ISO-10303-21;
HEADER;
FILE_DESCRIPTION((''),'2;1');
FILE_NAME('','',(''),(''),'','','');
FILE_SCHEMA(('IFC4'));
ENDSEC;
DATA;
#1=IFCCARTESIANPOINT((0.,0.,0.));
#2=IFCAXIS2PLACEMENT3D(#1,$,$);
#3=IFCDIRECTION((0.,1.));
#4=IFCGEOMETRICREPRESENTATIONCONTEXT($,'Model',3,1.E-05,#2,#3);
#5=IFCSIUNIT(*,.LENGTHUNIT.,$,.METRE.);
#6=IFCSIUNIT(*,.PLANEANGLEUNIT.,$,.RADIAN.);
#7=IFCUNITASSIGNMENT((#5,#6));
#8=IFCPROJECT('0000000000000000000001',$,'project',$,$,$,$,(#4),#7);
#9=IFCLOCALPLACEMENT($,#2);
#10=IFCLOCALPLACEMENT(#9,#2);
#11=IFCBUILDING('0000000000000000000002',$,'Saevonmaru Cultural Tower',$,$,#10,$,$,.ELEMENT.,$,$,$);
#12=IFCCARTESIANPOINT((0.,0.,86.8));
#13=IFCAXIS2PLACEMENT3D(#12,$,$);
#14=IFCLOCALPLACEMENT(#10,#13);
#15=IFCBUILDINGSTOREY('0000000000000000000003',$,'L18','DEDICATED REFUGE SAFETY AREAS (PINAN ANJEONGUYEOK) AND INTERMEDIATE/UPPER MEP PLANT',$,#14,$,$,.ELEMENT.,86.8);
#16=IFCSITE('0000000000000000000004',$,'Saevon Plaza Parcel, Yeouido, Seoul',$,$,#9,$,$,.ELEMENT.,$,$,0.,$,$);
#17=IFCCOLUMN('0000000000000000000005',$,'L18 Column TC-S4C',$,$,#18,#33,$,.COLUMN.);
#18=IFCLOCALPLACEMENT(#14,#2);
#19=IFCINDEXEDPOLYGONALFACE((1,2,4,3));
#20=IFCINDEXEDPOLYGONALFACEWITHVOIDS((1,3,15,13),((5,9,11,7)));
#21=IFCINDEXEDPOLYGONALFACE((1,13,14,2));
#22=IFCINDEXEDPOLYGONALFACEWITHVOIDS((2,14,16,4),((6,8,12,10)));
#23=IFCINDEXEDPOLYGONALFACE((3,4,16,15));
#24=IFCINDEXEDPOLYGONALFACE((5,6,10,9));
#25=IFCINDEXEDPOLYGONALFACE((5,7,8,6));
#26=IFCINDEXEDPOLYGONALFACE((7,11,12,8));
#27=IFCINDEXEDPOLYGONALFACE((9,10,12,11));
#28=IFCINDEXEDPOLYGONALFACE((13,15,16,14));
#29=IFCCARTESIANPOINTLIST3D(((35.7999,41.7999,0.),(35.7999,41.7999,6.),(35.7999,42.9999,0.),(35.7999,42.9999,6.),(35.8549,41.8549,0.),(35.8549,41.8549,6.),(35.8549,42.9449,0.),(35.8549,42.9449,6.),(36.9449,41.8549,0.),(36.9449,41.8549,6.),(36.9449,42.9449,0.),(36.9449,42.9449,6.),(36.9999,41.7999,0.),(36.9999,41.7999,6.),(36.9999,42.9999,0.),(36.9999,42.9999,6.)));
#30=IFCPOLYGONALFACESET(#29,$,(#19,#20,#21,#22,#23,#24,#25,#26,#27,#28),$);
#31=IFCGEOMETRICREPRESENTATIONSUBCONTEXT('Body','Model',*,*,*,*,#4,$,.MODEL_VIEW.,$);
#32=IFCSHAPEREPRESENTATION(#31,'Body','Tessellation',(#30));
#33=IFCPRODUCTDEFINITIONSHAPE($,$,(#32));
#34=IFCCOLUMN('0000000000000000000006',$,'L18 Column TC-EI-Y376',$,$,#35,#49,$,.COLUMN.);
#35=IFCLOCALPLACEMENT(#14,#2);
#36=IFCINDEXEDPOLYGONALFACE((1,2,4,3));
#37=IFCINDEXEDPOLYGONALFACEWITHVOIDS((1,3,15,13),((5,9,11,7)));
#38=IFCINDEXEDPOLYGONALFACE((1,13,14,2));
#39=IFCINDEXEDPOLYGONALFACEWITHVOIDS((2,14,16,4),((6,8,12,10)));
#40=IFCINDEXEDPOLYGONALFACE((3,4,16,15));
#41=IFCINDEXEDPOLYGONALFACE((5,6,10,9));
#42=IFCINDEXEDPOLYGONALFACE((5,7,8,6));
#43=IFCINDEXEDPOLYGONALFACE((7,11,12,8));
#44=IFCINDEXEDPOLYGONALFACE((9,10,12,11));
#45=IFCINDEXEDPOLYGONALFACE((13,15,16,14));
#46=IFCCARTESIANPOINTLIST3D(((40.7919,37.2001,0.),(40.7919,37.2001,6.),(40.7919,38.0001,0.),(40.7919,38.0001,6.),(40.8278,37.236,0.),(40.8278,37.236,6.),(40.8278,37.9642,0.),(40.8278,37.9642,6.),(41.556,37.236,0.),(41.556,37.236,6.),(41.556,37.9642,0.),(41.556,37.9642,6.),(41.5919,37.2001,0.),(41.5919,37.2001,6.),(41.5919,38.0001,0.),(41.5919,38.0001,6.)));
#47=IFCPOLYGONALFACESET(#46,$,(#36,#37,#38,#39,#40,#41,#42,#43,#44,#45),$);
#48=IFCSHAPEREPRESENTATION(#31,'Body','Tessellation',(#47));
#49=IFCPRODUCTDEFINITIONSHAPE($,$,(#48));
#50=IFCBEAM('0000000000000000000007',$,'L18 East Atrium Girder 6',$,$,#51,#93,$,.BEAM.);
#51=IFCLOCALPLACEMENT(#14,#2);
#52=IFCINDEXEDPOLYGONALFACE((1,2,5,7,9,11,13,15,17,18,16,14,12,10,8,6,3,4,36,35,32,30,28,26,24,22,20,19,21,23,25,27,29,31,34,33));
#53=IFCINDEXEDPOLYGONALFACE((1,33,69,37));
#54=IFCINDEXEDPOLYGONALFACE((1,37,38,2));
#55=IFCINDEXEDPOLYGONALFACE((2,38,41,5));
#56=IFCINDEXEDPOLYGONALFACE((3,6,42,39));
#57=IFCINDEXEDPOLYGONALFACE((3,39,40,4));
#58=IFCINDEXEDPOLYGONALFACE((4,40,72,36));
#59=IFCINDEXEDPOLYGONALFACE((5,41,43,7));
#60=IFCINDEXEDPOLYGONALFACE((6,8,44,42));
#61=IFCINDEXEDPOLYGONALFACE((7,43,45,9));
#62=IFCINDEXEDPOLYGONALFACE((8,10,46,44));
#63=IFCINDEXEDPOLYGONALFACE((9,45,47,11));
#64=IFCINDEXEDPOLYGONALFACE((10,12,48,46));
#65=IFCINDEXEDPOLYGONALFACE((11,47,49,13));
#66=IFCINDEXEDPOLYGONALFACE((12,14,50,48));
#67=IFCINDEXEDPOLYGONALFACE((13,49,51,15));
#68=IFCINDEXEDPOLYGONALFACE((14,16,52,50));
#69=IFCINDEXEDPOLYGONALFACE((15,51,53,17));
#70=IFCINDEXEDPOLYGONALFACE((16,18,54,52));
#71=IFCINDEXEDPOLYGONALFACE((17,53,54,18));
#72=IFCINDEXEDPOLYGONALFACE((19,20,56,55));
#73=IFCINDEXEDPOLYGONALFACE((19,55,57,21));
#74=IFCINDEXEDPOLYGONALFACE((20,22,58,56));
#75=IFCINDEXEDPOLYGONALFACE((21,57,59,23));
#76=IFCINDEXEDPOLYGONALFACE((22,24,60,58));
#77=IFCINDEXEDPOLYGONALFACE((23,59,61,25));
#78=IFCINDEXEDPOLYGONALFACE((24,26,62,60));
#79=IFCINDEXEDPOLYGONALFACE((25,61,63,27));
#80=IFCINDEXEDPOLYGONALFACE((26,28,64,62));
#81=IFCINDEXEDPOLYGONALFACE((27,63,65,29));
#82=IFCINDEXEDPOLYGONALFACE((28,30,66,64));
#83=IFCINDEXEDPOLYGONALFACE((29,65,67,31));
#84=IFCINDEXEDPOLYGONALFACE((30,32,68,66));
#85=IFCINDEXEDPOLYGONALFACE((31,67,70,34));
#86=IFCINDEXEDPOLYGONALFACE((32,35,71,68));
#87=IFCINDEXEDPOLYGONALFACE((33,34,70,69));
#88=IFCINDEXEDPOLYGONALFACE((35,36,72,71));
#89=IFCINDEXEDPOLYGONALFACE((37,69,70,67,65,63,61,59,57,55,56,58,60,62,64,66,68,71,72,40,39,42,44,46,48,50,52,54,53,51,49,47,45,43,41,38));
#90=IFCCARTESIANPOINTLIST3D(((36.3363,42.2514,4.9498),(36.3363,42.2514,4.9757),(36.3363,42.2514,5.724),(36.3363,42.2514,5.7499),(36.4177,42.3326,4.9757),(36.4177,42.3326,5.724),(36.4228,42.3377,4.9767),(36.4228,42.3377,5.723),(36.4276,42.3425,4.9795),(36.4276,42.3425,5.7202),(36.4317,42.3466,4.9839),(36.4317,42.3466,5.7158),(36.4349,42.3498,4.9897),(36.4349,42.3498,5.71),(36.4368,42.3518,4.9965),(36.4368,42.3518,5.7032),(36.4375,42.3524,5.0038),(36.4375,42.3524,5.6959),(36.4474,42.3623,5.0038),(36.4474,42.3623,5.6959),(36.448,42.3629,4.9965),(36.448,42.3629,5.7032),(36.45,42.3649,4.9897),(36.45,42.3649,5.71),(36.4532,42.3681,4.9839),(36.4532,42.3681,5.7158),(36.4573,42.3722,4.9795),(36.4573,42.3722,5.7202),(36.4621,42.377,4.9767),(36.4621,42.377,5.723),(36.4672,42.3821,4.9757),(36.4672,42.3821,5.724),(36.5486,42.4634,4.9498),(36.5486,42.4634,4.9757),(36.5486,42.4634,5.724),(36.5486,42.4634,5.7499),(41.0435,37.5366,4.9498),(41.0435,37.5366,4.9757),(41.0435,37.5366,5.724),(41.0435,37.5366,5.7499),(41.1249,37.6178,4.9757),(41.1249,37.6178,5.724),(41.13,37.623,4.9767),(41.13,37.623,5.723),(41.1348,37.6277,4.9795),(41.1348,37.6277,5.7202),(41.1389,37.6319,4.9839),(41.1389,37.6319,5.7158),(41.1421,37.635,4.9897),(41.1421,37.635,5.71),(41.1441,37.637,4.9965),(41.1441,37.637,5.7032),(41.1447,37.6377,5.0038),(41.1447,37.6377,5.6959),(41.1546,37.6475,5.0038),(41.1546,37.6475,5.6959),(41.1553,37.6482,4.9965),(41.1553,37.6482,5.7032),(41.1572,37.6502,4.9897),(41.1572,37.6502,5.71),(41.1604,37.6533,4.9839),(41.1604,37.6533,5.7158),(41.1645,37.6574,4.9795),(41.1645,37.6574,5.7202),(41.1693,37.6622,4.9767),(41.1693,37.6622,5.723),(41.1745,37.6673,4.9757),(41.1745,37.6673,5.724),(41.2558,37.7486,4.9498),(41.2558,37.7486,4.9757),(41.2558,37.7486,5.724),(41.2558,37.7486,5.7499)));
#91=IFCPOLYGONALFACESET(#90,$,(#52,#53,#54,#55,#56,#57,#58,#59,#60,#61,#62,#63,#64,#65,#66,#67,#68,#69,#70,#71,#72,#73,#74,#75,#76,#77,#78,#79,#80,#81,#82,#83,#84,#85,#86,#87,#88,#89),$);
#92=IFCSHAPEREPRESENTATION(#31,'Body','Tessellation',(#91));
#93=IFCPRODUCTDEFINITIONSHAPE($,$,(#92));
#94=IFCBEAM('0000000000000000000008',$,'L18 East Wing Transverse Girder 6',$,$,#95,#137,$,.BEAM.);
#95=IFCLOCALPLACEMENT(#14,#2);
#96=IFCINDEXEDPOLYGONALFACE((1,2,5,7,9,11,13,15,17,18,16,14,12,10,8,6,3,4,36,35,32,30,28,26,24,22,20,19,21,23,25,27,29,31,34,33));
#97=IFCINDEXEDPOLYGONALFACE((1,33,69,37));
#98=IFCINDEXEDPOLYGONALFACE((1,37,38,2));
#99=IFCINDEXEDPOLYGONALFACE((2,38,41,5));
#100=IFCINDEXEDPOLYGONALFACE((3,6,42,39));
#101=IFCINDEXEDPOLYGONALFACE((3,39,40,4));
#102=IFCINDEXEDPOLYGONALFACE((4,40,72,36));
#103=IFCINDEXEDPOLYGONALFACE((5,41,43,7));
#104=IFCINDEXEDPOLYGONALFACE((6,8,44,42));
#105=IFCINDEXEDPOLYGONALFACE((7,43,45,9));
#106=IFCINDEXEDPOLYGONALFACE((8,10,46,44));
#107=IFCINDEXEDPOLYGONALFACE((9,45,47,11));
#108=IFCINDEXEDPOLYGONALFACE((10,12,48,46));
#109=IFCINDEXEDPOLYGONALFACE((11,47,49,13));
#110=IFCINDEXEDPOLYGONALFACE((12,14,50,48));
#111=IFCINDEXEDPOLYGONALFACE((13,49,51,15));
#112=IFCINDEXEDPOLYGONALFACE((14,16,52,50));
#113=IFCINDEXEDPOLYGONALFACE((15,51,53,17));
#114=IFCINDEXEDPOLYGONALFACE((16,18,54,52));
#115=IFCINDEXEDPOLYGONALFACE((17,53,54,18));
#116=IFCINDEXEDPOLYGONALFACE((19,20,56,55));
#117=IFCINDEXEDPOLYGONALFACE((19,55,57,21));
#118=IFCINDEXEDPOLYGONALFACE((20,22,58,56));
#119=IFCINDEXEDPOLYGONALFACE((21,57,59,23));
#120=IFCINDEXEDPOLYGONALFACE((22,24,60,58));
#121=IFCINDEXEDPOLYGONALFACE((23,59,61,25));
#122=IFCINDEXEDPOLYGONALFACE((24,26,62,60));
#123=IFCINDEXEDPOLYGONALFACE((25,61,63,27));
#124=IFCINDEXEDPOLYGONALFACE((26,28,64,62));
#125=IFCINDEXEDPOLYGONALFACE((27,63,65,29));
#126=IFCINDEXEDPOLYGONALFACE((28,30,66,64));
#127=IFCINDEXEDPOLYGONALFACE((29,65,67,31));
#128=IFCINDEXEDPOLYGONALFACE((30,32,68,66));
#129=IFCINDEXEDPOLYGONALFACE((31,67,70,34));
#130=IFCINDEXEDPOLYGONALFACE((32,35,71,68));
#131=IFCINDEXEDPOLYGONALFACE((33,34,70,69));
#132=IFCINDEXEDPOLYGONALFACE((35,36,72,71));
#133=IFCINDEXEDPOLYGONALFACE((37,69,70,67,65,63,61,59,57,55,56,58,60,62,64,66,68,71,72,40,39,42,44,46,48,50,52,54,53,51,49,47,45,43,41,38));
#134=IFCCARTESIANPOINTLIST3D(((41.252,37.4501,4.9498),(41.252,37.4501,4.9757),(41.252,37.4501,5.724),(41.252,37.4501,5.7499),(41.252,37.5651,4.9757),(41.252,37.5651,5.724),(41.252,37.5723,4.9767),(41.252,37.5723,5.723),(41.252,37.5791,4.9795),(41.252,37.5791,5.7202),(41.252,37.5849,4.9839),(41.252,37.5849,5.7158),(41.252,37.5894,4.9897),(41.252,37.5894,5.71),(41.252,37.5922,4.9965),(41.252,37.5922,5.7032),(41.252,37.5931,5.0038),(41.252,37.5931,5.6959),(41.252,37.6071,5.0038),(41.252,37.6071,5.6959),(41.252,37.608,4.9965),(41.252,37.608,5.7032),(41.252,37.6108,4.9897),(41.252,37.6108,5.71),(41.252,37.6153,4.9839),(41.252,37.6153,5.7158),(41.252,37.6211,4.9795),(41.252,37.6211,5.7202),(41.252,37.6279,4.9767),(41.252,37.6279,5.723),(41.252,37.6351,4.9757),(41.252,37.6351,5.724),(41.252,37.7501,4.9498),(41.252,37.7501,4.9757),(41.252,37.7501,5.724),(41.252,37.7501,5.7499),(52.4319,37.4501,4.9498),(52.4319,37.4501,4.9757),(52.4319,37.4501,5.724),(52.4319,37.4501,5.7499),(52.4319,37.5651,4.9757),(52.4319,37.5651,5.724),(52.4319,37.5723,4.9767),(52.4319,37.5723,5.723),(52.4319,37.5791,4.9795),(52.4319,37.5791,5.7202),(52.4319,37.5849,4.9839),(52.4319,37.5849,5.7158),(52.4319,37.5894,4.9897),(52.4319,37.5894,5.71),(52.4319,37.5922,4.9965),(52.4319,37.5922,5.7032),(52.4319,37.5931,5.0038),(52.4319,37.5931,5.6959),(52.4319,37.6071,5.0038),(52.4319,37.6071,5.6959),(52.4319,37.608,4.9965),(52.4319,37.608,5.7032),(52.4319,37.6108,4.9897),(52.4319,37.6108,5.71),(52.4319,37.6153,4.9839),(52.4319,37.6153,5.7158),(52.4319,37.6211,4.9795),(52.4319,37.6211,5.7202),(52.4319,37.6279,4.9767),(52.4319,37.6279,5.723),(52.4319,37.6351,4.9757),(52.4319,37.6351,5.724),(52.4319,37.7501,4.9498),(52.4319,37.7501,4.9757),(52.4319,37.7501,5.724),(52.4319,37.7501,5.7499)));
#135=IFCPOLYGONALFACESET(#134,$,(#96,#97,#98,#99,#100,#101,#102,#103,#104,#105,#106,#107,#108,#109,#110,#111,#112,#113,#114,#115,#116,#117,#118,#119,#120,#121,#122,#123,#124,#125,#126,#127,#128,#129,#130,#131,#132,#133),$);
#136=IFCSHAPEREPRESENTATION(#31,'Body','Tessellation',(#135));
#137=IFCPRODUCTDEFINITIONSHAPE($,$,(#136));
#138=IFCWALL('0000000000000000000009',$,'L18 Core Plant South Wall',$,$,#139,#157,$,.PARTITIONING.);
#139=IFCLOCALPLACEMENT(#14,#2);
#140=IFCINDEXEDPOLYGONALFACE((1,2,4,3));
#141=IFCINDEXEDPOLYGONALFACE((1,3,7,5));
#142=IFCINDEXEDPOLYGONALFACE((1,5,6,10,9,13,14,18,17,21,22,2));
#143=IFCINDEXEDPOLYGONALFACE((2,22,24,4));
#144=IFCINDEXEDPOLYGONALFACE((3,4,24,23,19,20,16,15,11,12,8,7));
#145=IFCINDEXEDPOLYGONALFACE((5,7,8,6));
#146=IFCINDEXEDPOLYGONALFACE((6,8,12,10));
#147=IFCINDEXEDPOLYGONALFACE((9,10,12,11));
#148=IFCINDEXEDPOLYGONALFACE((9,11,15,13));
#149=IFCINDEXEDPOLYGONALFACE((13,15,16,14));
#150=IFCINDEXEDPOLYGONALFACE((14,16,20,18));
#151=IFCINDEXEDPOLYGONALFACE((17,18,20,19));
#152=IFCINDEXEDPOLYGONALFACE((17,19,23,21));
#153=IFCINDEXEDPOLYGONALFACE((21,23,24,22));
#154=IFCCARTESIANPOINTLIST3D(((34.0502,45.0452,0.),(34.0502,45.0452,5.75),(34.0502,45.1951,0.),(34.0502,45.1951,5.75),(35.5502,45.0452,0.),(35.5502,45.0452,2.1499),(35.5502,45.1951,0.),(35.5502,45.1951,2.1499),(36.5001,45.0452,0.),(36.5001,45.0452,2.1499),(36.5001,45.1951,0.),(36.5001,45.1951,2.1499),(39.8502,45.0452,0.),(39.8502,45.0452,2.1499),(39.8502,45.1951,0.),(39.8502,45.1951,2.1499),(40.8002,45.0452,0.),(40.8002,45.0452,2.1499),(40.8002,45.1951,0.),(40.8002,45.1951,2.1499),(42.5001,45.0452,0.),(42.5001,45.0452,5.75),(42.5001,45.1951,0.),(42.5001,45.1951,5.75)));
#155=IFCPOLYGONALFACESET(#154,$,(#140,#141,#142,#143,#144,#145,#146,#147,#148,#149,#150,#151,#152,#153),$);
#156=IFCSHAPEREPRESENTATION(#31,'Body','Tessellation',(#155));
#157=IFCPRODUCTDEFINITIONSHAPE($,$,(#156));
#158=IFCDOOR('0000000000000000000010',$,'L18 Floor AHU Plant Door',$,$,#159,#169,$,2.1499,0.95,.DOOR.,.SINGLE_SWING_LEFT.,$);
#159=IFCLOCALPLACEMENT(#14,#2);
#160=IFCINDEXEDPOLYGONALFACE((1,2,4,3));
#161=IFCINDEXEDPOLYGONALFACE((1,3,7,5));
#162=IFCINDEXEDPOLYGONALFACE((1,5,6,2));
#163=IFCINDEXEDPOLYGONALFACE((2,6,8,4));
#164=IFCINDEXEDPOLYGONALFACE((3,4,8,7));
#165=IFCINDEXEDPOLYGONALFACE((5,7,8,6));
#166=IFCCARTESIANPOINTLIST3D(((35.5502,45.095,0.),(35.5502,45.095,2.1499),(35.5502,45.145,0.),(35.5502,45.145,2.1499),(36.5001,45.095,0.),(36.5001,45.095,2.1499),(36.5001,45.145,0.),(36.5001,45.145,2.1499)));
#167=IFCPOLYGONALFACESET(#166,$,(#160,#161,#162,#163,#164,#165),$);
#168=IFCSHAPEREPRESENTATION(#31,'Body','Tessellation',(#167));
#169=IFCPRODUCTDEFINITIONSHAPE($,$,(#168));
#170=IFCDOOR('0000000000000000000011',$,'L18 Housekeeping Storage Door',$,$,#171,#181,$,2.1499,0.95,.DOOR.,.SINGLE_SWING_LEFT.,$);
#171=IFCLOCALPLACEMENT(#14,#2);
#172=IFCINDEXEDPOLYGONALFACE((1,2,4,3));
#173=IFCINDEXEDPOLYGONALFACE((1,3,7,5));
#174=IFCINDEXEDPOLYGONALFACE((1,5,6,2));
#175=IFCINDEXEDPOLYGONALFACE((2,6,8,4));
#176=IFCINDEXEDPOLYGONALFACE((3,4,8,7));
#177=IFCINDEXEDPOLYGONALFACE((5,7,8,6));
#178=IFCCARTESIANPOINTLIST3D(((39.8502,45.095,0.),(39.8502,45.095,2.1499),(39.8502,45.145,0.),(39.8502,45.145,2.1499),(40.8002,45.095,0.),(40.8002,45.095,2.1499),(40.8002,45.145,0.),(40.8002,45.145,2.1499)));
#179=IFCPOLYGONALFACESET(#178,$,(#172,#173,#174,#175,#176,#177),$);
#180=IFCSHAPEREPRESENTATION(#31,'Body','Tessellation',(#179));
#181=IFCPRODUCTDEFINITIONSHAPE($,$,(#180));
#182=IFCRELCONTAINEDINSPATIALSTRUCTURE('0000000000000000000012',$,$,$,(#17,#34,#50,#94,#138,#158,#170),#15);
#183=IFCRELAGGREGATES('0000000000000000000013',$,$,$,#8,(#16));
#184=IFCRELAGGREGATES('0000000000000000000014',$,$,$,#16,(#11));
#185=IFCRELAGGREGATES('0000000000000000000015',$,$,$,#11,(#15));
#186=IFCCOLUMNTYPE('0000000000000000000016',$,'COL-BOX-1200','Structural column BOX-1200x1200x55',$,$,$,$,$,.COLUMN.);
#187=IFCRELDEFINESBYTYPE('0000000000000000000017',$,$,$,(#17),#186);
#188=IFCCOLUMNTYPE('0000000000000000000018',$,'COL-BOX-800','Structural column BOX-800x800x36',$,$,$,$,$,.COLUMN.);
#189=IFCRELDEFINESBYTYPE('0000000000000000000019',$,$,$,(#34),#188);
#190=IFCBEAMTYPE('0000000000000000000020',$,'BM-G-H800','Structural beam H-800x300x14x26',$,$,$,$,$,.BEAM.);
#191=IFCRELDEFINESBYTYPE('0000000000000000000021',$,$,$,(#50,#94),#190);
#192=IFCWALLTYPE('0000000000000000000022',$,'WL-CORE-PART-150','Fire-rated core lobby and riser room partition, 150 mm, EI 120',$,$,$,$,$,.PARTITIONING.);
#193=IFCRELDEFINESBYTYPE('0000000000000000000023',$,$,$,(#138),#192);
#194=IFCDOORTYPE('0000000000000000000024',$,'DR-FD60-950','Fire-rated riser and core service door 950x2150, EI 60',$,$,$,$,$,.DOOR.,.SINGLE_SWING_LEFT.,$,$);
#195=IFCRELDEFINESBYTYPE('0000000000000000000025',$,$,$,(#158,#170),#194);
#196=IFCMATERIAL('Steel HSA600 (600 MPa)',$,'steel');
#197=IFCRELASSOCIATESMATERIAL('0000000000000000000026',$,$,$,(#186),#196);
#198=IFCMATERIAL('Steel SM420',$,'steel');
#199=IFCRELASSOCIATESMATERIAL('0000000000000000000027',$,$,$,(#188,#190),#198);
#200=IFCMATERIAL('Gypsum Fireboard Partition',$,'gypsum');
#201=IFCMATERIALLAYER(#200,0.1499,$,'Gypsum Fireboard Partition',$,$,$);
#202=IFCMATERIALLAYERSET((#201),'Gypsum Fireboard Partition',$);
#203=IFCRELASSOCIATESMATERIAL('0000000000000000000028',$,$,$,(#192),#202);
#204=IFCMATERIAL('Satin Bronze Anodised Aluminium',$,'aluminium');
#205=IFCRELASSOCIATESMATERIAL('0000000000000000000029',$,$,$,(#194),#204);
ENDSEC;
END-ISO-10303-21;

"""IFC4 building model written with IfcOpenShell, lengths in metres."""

from ifc_helpers import new_model, si_unit, direction, frame, frame_2d, origin, origin_2d, place, context, subcontext, project, spatial, rectangle, hollow_rectangle, i_section, extrude, material, layer, layer_set, material_profile, profile_set, type_object, element, fill, save


model = new_model("IFC4")

# Units and contexts
model_context = context("Model", 3, precision=1e-05, world=origin(), true_north=direction((0.0, 1.0)))
body_context = subcontext(model_context, "Body", "Model", "MODEL_VIEW")
ifc_project = project(units=[si_unit("LENGTHUNIT", "METRE"), si_unit("PLANEANGLEUNIT", "RADIAN")], contexts=[model_context])

# Site, building, storey
site_placement = place(None, origin())
site = spatial("IfcSite", under=ifc_project, at=site_placement, Name="Saevon Plaza Parcel, Yeouido, Seoul", CompositionType="ELEMENT", RefElevation=0.0)
building_placement = place(site_placement, origin())
building = spatial("IfcBuilding", under=site, at=building_placement, Name="Saevonmaru Cultural Tower", CompositionType="ELEMENT")
storey_placement = place(building_placement, frame((0.0, 0.0, 86.8)))
storey = spatial("IfcBuildingStorey", under=building, at=storey_placement, Name="L18", Description="DEDICATED REFUGE SAFETY AREAS (PINAN ANJEONGUYEOK) AND INTERMEDIATE/UPPER MEP PLANT", CompositionType="ELEMENT", Elevation=86.8)

# Columns
ifc_material_1 = material(Name="Steel HSA600 (600 MPa)", Category="steel")
ifc_material_profile_1 = material_profile(ifc_material_1, hollow_rectangle(XDim=1.2, YDim=1.2, WallThickness=0.0549, at=origin_2d()), Name="BOX-1200x1200x55")
ifc_profile_set_1 = profile_set([ifc_material_profile_1], Name="Steel HSA600 (600 MPa)")
column_type_1 = type_object("IfcColumnType", Name="COL-BOX-1200", Description="Structural column BOX-1200x1200x55", PredefinedType="COLUMN", material=ifc_profile_set_1)
column_1_placement = place(storey_placement, frame((36.3999, 42.3999, 0.0), z_axis=(0.0, 0.0, 1.0), x_axis=(1.0, 0.0, 0.0)))
element("IfcColumn", 1, at=column_1_placement, inside=storey, type_object=column_type_1, Name="L18 Column TC-S4C", PredefinedType="COLUMN", context=body_context, shape_type="SweptSolid", body=[
    extrude(hollow_rectangle(XDim=1.2, YDim=1.2, WallThickness=0.0549, at=origin_2d()), origin(), (0.0, 0.0, 1.0), 6.0),
])
ifc_material_2 = material(Name="Steel SM420", Category="steel")
ifc_material_profile_2 = material_profile(ifc_material_2, hollow_rectangle(XDim=0.8, YDim=0.8, WallThickness=0.0359, at=origin_2d()), Name="BOX-800x800x36")
ifc_profile_set_2 = profile_set([ifc_material_profile_2], Name="Steel SM420")
column_type_2 = type_object("IfcColumnType", Name="COL-BOX-800", Description="Structural column BOX-800x800x36", PredefinedType="COLUMN", material=ifc_profile_set_2)
column_2_placement = place(storey_placement, frame((41.1919, 37.6001, 0.0), z_axis=(0.0, 0.0, 1.0), x_axis=(1.0, 0.0, 0.0)))
element("IfcColumn", 2, at=column_2_placement, inside=storey, type_object=column_type_2, Name="L18 Column TC-EI-Y376", PredefinedType="COLUMN", context=body_context, shape_type="SweptSolid", body=[
    extrude(hollow_rectangle(XDim=0.8, YDim=0.8, WallThickness=0.0359, at=origin_2d()), origin(), (0.0, 0.0, 1.0), 6.0),
])

# Beams
ifc_material_profile_3 = material_profile(ifc_material_2, i_section(OverallWidth=0.3, OverallDepth=0.8, WebThickness=0.0139, FlangeThickness=0.0259, FilletRadius=0.0281, at=origin_2d()), Name="H-800x300x14x26")
ifc_profile_set_3 = profile_set([ifc_material_profile_3], Name="Steel SM420")
beam_type = type_object("IfcBeamType", Name="BM-G-H800", Description="Structural beam H-800x300x14x26", PredefinedType="BEAM", material=ifc_profile_set_3)
beam_1_placement = place(storey_placement, frame((41.1497, 37.6426, 5.3499), z_axis=(-0.706539, 0.707675, 0.0), x_axis=(-0.707675, -0.706539, 0.0)))
element("IfcBeam", 3, at=beam_1_placement, inside=storey, type_object=beam_type, Name="L18 East Atrium Girder 6", PredefinedType="BEAM", context=body_context, shape_type="SweptSolid", body=[
    extrude(i_section(OverallWidth=0.3, OverallDepth=0.8, WebThickness=0.0139, FlangeThickness=0.0259, FilletRadius=0.0281, at=origin_2d()), origin(), (0.0, 0.0, 1.0), 6.6624),
])
beam_2_placement = place(storey_placement, frame((41.252, 37.6001, 5.3499), z_axis=(1.0, 0.0, 0.0), x_axis=(0.0, 1.0, 0.0)))
element("IfcBeam", 4, at=beam_2_placement, inside=storey, type_object=beam_type, Name="L18 East Wing Transverse Girder 6", PredefinedType="BEAM", context=body_context, shape_type="SweptSolid", body=[
    extrude(i_section(OverallWidth=0.3, OverallDepth=0.8, WebThickness=0.0139, FlangeThickness=0.0259, FilletRadius=0.0281, at=origin_2d()), origin(), (0.0, 0.0, 1.0), 11.1799),
])

# Shared definitions
ifc_material_3 = material(Name="Gypsum Fireboard Partition", Category="gypsum")
ifc_layer_1 = layer(ifc_material_3, 0.1499, Name="Gypsum Fireboard Partition")
ifc_layer_set_1 = layer_set([ifc_layer_1], Name="Gypsum Fireboard Partition")
wall_type_1 = type_object("IfcWallType", Name="WL-CORE-PART-150", Description="Fire-rated core lobby and riser room partition, 150 mm, EI 120", PredefinedType="PARTITIONING", material=ifc_layer_set_1)
ifc_material_4 = material(Name="Satin Bronze Anodised Aluminium", Category="aluminium")

# Wall, openings, doors
wall_1_placement = place(storey_placement, frame((34.05, 45.1201, 0.0), z_axis=(0.0, 0.0, 1.0), x_axis=(1.0, 0.0, 0.0)))
wall_1 = element("IfcWall", 5, at=wall_1_placement, inside=storey, type_object=wall_type_1, Name="L18 Core Plant South Wall", PredefinedType="PARTITIONING", context=body_context, shape_type="SweptSolid", body=[
    extrude(rectangle(XDim=8.45, YDim=0.1499, at=frame_2d((4.2251, 0.0))), origin(), (0.0, 0.0, 1.0), 5.75),
])
opening_1_placement = place(wall_1_placement, frame((1.5, 0.0, 0.0)))
opening_1 = element("IfcOpeningElement", 6, at=opening_1_placement, cuts=wall_1, PredefinedType="OPENING", context=body_context, shape_type="SweptSolid", body=[
    extrude(rectangle(XDim=0.95, YDim=2.1499, at=frame_2d((0.4751, 1.075))), frame((0.0, 0.085, 0.0), z_axis=(0.0, -1.0, 0.0), x_axis=(1.0, 0.0, 0.0)), (0.0, 0.0, 1.0), 0.1699),
])
opening_2_placement = place(wall_1_placement, frame((5.8, 0.0, 0.0)))
opening_2 = element("IfcOpeningElement", 7, at=opening_2_placement, cuts=wall_1, PredefinedType="OPENING", context=body_context, shape_type="SweptSolid", body=[
    extrude(rectangle(XDim=0.95, YDim=2.1499, at=frame_2d((0.4751, 1.075))), frame((0.0, 0.085, 0.0), z_axis=(0.0, -1.0, 0.0), x_axis=(1.0, 0.0, 0.0)), (0.0, 0.0, 1.0), 0.1699),
])
door_type_1 = type_object("IfcDoorType", Name="DR-FD60-950", Description="Fire-rated riser and core service door 950x2150, EI 60", OperationType="SINGLE_SWING_LEFT", PredefinedType="DOOR", material=ifc_material_4)
door_1_placement = place(opening_1_placement, origin())
door_1 = element("IfcDoor", 8, at=door_1_placement, inside=storey, type_object=door_type_1, Name="L18 Floor AHU Plant Door", OperationType="SINGLE_SWING_LEFT", OverallHeight=2.1499, OverallWidth=0.95, PredefinedType="DOOR", context=body_context, shape_type="SweptSolid", body=[
    extrude(rectangle(XDim=0.95, YDim=2.1499, at=frame_2d((0.4751, 1.075))), frame((0.0, 0.0249, 0.0), z_axis=(0.0, -1.0, 0.0), x_axis=(1.0, 0.0, 0.0)), (0.0, 0.0, 1.0), 0.05),
])
fill(opening_1, door_1)
door_2_placement = place(opening_2_placement, origin())
door_2 = element("IfcDoor", 9, at=door_2_placement, inside=storey, type_object=door_type_1, Name="L18 Housekeeping Storage Door", OperationType="SINGLE_SWING_LEFT", OverallHeight=2.1499, OverallWidth=0.95, PredefinedType="DOOR", context=body_context, shape_type="SweptSolid", body=[
    extrude(rectangle(XDim=0.95, YDim=2.1499, at=frame_2d((0.4751, 1.075))), frame((0.0, 0.0249, 0.0), z_axis=(0.0, -1.0, 0.0), x_axis=(1.0, 0.0, 0.0)), (0.0, 0.0, 1.0), 0.05),
])
fill(opening_2, door_2)

save(model, "model.ifc")
